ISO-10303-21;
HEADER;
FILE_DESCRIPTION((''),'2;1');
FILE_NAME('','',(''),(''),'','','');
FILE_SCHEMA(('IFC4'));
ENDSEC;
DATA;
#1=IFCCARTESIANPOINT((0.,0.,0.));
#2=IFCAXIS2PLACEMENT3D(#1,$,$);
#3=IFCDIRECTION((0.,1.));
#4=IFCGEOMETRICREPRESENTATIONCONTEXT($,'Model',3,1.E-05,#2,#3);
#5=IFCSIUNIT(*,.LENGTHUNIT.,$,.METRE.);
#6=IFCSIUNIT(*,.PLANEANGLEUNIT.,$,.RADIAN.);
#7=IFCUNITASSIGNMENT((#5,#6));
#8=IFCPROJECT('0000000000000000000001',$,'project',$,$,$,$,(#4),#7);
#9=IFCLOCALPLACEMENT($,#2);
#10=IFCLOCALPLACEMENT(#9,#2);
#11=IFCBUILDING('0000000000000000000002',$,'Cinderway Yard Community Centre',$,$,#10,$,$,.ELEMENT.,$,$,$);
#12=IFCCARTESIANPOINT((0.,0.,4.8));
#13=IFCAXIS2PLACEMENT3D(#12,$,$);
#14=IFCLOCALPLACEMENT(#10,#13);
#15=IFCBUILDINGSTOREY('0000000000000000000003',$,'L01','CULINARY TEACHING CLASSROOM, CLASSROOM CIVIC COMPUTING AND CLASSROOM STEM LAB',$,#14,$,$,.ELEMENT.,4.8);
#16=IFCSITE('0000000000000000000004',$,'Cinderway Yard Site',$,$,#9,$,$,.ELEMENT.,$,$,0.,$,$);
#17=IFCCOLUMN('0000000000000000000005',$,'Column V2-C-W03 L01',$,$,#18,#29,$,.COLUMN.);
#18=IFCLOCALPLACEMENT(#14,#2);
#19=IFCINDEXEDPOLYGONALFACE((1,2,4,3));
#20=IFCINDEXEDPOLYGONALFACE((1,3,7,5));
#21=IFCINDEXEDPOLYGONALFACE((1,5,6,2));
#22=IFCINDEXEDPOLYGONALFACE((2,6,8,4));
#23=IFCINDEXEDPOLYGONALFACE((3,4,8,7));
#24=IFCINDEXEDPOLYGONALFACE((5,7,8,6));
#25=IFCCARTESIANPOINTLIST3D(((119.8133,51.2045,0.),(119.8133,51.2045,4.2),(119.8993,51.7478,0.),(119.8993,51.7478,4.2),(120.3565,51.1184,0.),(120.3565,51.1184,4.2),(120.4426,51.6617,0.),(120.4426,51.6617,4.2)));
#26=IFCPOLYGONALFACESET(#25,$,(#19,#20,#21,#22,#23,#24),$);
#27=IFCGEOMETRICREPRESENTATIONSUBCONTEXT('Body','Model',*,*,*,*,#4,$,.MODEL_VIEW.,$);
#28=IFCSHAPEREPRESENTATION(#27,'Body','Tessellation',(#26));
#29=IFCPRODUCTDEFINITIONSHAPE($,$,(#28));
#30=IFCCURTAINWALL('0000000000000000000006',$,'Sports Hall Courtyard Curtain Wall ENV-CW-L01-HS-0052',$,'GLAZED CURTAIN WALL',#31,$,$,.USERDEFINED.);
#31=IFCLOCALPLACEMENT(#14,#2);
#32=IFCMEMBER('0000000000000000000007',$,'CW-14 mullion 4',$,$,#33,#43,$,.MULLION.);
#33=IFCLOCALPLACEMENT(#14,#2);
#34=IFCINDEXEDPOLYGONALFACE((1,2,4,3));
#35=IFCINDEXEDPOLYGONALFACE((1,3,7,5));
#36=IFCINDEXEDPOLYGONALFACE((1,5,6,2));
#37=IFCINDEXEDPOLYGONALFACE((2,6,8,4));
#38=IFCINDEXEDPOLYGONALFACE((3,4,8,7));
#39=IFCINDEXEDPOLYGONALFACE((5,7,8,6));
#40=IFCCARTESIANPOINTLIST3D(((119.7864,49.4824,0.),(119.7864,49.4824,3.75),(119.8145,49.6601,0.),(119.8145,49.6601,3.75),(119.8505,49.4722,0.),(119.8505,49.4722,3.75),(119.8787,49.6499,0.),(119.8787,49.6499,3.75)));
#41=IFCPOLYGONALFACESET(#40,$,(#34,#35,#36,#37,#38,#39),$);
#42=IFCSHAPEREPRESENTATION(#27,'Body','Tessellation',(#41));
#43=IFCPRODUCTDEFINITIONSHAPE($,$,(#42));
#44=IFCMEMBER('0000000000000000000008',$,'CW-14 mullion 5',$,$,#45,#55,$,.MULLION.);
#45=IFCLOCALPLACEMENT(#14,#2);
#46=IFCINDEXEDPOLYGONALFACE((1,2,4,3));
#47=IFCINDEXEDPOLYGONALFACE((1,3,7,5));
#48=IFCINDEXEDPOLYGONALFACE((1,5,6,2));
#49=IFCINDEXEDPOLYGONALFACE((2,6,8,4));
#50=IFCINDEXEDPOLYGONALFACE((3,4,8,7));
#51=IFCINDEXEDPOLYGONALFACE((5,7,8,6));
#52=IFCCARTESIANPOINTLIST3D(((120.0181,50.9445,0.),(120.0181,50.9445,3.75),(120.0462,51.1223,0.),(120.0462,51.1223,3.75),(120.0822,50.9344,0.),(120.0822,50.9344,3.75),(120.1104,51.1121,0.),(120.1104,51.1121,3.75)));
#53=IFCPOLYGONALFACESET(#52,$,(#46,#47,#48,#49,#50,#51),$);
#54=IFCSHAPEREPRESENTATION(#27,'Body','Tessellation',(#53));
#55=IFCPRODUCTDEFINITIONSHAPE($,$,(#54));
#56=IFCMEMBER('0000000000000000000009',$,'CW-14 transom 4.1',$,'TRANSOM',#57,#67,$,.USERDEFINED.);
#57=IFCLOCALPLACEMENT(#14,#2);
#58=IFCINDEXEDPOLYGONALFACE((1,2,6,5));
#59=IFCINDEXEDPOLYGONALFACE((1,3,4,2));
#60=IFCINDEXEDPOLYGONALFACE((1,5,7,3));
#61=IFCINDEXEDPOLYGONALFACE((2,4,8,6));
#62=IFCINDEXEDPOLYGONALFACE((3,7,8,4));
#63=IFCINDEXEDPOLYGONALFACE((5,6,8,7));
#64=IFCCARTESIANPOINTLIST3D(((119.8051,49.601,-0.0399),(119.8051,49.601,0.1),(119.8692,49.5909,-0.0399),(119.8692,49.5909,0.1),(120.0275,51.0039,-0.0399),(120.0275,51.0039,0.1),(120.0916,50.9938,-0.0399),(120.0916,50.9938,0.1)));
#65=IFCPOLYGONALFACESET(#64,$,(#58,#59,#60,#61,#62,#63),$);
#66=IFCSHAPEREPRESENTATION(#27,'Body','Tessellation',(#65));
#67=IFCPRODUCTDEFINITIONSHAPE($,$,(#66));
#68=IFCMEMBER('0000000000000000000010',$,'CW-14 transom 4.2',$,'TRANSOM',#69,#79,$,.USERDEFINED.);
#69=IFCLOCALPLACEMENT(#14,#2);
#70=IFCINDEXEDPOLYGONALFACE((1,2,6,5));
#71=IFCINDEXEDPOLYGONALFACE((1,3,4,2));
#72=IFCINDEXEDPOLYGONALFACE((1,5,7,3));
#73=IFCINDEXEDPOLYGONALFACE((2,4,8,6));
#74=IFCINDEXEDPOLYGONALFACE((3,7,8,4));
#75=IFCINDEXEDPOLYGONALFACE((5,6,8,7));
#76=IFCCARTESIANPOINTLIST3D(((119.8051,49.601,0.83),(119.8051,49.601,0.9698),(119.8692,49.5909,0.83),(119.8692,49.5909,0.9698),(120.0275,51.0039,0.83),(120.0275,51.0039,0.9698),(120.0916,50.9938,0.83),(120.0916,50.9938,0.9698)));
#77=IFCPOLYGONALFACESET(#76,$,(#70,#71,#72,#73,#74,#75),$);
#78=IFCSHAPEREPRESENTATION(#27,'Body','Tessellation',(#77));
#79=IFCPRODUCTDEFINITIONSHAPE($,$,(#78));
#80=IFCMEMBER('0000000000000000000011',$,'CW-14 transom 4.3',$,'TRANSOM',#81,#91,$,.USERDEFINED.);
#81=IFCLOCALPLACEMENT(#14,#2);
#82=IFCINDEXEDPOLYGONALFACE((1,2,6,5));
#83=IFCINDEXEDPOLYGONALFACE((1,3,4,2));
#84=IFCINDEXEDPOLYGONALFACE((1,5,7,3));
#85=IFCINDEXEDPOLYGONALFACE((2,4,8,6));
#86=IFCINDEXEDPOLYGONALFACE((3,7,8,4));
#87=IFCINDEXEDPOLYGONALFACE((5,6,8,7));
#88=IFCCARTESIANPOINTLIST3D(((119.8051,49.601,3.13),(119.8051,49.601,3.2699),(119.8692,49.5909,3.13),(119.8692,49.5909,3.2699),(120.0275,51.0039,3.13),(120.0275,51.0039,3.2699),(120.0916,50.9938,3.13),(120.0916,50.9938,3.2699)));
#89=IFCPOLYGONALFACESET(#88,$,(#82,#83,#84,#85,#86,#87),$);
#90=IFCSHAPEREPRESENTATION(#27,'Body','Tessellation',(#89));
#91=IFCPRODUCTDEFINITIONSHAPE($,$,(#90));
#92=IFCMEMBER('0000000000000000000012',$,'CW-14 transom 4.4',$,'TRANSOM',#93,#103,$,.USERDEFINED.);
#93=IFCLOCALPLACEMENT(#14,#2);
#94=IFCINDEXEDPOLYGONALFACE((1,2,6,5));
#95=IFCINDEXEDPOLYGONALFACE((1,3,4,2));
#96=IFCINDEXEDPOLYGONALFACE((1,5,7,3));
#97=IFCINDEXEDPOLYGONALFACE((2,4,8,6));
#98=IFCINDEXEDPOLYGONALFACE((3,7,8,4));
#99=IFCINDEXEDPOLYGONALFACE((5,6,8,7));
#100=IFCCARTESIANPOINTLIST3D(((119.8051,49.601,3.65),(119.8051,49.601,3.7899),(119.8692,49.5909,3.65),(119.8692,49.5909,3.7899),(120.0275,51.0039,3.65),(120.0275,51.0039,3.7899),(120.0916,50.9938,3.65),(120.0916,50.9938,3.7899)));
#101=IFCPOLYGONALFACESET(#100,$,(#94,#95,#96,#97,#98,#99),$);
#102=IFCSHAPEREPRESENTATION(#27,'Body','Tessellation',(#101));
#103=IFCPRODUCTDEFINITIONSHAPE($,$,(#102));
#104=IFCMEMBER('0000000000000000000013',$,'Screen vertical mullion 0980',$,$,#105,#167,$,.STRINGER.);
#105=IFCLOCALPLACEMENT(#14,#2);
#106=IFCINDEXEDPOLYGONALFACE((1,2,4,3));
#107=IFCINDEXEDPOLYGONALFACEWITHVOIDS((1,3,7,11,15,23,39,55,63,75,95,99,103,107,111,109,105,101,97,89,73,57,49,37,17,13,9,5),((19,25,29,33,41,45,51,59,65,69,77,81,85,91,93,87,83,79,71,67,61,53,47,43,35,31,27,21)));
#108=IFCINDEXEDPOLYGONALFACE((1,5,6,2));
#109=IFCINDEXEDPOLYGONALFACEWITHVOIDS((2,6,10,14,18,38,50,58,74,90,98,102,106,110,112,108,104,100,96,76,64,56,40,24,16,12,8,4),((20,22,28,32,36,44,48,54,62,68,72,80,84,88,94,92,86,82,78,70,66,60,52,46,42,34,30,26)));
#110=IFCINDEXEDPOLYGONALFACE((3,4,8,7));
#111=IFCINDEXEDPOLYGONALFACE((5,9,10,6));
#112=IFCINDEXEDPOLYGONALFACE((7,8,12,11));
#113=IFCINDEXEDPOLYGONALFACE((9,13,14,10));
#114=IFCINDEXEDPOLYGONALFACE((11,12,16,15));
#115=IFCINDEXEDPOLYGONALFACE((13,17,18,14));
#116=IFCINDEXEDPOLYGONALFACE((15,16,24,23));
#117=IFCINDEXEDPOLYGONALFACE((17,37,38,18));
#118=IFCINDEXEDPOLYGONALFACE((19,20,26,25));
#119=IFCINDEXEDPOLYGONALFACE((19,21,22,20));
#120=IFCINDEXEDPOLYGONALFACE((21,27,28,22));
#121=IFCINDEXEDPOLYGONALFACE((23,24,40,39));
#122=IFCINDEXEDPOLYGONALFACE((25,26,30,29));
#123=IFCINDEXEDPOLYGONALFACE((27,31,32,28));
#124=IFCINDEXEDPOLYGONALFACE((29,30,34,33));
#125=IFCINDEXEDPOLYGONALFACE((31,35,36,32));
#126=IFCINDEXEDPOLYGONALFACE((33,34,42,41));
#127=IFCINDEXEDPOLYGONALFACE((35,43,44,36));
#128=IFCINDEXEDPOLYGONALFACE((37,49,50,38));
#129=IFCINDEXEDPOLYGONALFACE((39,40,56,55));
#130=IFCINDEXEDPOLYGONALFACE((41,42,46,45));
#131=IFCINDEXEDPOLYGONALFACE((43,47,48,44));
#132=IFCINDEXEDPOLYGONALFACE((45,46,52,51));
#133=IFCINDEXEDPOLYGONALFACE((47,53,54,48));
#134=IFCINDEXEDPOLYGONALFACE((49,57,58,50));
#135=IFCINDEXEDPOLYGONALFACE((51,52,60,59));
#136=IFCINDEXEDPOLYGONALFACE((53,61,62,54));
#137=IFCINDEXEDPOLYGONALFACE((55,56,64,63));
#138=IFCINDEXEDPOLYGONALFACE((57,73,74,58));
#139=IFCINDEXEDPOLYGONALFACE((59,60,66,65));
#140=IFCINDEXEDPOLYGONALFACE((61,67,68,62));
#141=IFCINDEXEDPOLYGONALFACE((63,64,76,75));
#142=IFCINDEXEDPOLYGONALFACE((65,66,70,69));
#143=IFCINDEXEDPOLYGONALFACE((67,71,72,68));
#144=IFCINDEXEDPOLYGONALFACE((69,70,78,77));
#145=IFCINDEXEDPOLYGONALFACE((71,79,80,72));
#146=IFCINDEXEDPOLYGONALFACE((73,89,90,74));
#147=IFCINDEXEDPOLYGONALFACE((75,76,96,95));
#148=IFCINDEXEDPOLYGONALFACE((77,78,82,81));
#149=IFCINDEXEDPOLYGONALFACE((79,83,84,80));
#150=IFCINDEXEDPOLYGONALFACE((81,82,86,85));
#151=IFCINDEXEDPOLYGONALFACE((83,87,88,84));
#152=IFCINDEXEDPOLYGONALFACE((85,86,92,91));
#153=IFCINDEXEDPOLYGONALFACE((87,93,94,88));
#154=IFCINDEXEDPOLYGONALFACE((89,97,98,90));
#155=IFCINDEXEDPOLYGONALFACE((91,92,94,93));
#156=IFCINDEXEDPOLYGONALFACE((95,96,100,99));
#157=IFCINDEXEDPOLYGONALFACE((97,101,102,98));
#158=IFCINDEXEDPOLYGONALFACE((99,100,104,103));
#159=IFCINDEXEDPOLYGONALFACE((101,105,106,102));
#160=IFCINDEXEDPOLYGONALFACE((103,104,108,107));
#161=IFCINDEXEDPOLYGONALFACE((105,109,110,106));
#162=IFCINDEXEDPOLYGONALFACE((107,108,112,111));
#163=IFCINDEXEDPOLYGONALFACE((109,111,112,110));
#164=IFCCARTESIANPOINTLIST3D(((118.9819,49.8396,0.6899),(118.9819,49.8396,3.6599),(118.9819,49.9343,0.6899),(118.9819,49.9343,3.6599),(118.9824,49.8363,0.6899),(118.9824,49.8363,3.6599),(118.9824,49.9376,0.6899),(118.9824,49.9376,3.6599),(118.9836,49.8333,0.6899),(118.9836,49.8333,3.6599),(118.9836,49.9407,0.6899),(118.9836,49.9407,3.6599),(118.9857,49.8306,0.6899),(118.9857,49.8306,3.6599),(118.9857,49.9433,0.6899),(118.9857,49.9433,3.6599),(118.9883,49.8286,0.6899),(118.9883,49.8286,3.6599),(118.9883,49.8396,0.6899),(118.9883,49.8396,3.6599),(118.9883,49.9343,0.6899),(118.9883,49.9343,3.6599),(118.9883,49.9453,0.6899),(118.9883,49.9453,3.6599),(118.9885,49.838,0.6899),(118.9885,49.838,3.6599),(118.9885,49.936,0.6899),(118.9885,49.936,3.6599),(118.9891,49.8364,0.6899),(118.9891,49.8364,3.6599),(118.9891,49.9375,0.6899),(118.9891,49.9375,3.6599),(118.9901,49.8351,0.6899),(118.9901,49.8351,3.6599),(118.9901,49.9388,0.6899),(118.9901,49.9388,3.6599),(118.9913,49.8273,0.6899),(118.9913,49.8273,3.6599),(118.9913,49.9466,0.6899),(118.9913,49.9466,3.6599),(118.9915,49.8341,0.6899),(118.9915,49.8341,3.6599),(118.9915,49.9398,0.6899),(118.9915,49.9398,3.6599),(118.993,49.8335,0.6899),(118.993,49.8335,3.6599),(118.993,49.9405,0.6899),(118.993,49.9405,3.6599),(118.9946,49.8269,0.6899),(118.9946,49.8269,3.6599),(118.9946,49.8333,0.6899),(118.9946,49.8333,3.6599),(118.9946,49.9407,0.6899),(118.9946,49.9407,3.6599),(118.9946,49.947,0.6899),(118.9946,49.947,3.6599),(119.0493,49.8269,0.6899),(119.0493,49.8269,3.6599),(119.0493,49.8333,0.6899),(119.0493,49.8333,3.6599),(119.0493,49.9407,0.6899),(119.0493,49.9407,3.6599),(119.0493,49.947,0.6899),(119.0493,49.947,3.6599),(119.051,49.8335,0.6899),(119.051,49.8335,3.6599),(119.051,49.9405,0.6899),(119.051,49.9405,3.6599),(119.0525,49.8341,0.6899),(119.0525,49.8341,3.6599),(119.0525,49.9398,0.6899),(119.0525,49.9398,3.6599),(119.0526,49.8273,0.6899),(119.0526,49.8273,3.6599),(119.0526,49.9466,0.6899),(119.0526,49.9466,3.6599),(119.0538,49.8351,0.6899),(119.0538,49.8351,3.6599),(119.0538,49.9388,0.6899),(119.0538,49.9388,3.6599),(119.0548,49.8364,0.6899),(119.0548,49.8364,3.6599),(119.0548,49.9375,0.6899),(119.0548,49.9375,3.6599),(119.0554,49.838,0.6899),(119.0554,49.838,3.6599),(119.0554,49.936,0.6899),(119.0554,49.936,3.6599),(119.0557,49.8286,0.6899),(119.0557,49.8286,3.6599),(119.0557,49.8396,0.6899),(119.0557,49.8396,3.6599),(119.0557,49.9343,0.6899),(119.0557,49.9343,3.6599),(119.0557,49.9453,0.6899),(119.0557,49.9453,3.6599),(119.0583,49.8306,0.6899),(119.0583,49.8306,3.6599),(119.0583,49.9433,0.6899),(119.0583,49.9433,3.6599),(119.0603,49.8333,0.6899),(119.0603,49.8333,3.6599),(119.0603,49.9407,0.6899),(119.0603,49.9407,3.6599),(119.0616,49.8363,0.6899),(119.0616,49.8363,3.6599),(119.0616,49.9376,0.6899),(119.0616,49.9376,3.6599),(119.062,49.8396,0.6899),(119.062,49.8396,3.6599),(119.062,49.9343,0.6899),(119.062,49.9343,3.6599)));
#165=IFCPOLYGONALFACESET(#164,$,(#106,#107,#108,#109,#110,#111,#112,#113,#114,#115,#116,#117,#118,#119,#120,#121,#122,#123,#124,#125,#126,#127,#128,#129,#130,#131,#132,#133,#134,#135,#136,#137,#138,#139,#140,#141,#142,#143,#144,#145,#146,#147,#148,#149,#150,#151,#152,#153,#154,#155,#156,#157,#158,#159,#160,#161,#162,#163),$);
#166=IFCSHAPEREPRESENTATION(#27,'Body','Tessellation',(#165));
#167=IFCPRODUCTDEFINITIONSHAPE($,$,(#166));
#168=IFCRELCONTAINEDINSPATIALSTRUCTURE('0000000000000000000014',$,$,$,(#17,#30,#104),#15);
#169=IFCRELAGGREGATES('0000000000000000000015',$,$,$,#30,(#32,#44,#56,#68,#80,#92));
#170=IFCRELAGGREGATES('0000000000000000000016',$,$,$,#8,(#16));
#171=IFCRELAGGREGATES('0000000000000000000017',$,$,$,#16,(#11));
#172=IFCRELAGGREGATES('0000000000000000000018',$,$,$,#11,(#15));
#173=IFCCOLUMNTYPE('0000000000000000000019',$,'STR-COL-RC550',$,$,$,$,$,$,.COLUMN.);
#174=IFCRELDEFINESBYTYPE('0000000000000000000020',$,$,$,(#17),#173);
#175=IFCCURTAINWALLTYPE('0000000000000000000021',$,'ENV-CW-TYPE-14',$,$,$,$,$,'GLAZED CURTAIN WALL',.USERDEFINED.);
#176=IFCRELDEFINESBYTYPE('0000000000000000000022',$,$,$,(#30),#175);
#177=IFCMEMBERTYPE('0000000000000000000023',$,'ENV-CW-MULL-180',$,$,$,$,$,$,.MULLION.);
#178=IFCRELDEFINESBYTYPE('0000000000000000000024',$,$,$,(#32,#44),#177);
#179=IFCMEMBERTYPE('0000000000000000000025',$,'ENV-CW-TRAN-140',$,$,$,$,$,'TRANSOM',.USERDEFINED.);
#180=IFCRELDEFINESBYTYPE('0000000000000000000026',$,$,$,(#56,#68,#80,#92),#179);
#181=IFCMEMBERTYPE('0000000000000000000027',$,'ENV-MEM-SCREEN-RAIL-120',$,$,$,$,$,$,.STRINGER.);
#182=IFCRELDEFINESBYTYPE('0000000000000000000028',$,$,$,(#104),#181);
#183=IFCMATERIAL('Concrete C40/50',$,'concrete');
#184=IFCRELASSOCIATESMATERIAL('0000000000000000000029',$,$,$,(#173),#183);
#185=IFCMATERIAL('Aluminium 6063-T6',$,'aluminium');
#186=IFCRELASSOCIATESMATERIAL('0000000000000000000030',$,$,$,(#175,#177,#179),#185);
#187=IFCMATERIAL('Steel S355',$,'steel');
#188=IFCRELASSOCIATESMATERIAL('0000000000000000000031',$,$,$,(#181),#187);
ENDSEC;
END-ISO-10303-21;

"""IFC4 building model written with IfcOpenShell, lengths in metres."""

from ifc_helpers import new_model, si_unit, direction, frame, origin, origin_2d, place, context, subcontext, project, spatial, rectangle, hollow_rectangle, extrude, material, material_profile, profile_set, type_object, element, aggregate, save


model = new_model("IFC4")

# Units and contexts
model_context = context("Model", 3, precision=1e-05, world=origin(), true_north=direction((0.0, 1.0)))
body_context = subcontext(model_context, "Body", "Model", "MODEL_VIEW")
ifc_project = project(units=[si_unit("LENGTHUNIT", "METRE"), si_unit("PLANEANGLEUNIT", "RADIAN")], contexts=[model_context])

# Site, building, storey
site_placement = place(None, origin())
site = spatial("IfcSite", under=ifc_project, at=site_placement, Name="Cinderway Yard Site", CompositionType="ELEMENT", RefElevation=0.0)
building_placement = place(site_placement, origin())
building = spatial("IfcBuilding", under=site, at=building_placement, Name="Cinderway Yard Community Centre", CompositionType="ELEMENT")
storey_placement = place(building_placement, frame((0.0, 0.0, 4.8)))
storey = spatial("IfcBuildingStorey", under=building, at=storey_placement, Name="L01", Description="CULINARY TEACHING CLASSROOM, CLASSROOM CIVIC COMPUTING AND CLASSROOM STEM LAB", CompositionType="ELEMENT", Elevation=4.8)

# Column
ifc_material_1 = material(Name="Concrete C40/50", Category="concrete")
ifc_material_profile_1 = material_profile(ifc_material_1, rectangle(XDim=0.55, YDim=0.55, at=origin_2d()), Name="Concrete C40/50")
ifc_profile_set_1 = profile_set([ifc_material_profile_1], Name="Concrete C40/50")
column_type = type_object("IfcColumnType", Name="STR-COL-RC550", PredefinedType="COLUMN", material=ifc_profile_set_1)
column_placement = place(storey_placement, frame((120.1279, 51.4331, 0.0), z_axis=(0.0, 0.0, 1.0), x_axis=(0.987688, -0.156434, 0.0)))
element("IfcColumn", 1, at=column_placement, inside=storey, type_object=column_type, Name="Column V2-C-W03 L01", PredefinedType="COLUMN", context=body_context, shape_type="SweptSolid", body=[
    extrude(rectangle(XDim=0.55, YDim=0.55, at=origin_2d()), origin(), (0.0, 0.0, 1.0), 4.2),
])

# Curtain wall, members
ifc_material_2 = material(Name="Aluminium 6063-T6", Category="aluminium")
curtain_wall_type = type_object("IfcCurtainWallType", Name="ENV-CW-TYPE-14", ElementType="GLAZED CURTAIN WALL", PredefinedType="USERDEFINED", material=ifc_material_2)
curtain_wall_placement = place(storey_placement, origin())
curtain_wall = element("IfcCurtainWall", 2, at=curtain_wall_placement, inside=storey, type_object=curtain_wall_type, Name="Sports Hall Courtyard Curtain Wall ENV-CW-L01-HS-0052", ObjectType="GLAZED CURTAIN WALL", PredefinedType="USERDEFINED")
ifc_material_profile_2 = material_profile(ifc_material_2, rectangle(XDim=0.0649, YDim=0.1799, at=origin_2d()), Name="Aluminium 6063-T6")
ifc_profile_set_2 = profile_set([ifc_material_profile_2], Name="Aluminium 6063-T6")
member_type_1 = type_object("IfcMemberType", Name="ENV-CW-MULL-180", PredefinedType="MULLION", material=ifc_profile_set_2)
member_1_placement = place(storey_placement, frame((119.8325, 49.5662, 0.0), z_axis=(0.0, 0.0, 1.0), x_axis=(-0.987665, 0.156583, 0.0)))
member_1 = element("IfcMember", 3, at=member_1_placement, type_object=member_type_1, Name="CW-14 mullion 4", PredefinedType="MULLION", context=body_context, shape_type="SweptSolid", body=[
    extrude(rectangle(XDim=0.0649, YDim=0.1799, at=origin_2d()), origin(), (0.0, 0.0, 1.0), 3.75),
])
member_2_placement = place(storey_placement, frame((120.0642, 51.0283, 0.0), z_axis=(0.0, 0.0, 1.0), x_axis=(-0.987665, 0.156583, 0.0)))
member_2 = element("IfcMember", 4, at=member_2_placement, type_object=member_type_1, Name="CW-14 mullion 5", PredefinedType="MULLION", context=body_context, shape_type="SweptSolid", body=[
    extrude(rectangle(XDim=0.0649, YDim=0.1799, at=origin_2d()), origin(), (0.0, 0.0, 1.0), 3.75),
])
ifc_material_profile_3 = material_profile(ifc_material_2, rectangle(XDim=0.0649, YDim=0.1399, at=origin_2d()), Name="Aluminium 6063-T6")
ifc_profile_set_3 = profile_set([ifc_material_profile_3], Name="Aluminium 6063-T6")
member_type_2 = type_object("IfcMemberType", Name="ENV-CW-TRAN-140", ElementType="TRANSOM", PredefinedType="USERDEFINED", material=ifc_profile_set_3)
member_3_placement = place(storey_placement, frame((119.8372, 49.5959, 0.03), z_axis=(0.156589, 0.987664, 0.0), x_axis=(-0.987664, 0.156589, 0.0)))
member_3 = element("IfcMember", 5, at=member_3_placement, type_object=member_type_2, Name="CW-14 transom 4.1", ObjectType="TRANSOM", PredefinedType="USERDEFINED", context=body_context, shape_type="SweptSolid", body=[
    extrude(rectangle(XDim=0.0649, YDim=0.1399, at=origin_2d()), origin(), (0.0, 0.0, 1.0), 1.4204),
])
member_4_placement = place(storey_placement, frame((119.8372, 49.5959, 0.8999), z_axis=(0.156589, 0.987664, 0.0), x_axis=(-0.987664, 0.156589, 0.0)))
member_4 = element("IfcMember", 6, at=member_4_placement, type_object=member_type_2, Name="CW-14 transom 4.2", ObjectType="TRANSOM", PredefinedType="USERDEFINED", context=body_context, shape_type="SweptSolid", body=[
    extrude(rectangle(XDim=0.0649, YDim=0.1399, at=origin_2d()), origin(), (0.0, 0.0, 1.0), 1.4204),
])
member_5_placement = place(storey_placement, frame((119.8372, 49.5959, 3.2), z_axis=(0.156589, 0.987664, 0.0), x_axis=(-0.987664, 0.156589, 0.0)))
member_5 = element("IfcMember", 7, at=member_5_placement, type_object=member_type_2, Name="CW-14 transom 4.3", ObjectType="TRANSOM", PredefinedType="USERDEFINED", context=body_context, shape_type="SweptSolid", body=[
    extrude(rectangle(XDim=0.0649, YDim=0.1399, at=origin_2d()), origin(), (0.0, 0.0, 1.0), 1.4204),
])
member_6_placement = place(storey_placement, frame((119.8372, 49.5959, 3.72), z_axis=(0.156589, 0.987664, 0.0), x_axis=(-0.987664, 0.156589, 0.0)))
member_6 = element("IfcMember", 8, at=member_6_placement, type_object=member_type_2, Name="CW-14 transom 4.4", ObjectType="TRANSOM", PredefinedType="USERDEFINED", context=body_context, shape_type="SweptSolid", body=[
    extrude(rectangle(XDim=0.0649, YDim=0.1399, at=origin_2d()), origin(), (0.0, 0.0, 1.0), 1.4204),
])

# Member
ifc_material_3 = material(Name="Steel S355", Category="steel")
ifc_material_profile_4 = material_profile(ifc_material_3, hollow_rectangle(XDim=0.0801, YDim=0.1201, WallThickness=0.0063, InnerFilletRadius=0.0063, OuterFilletRadius=0.0127, at=origin_2d()), Name="Steel S355")
ifc_profile_set_4 = profile_set([ifc_material_profile_4], Name="Steel S355")
member_type_3 = type_object("IfcMemberType", Name="ENV-MEM-SCREEN-RAIL-120", PredefinedType="STRINGER", material=ifc_profile_set_4)
for number, where, z_axis, x_axis, name in (
    (9, (119.022, 49.887, 0.6899), (0.0, 0.0, 1.0), (1.0, 0.0, 0.0), "Screen vertical mullion 0980"),
):
    element("IfcMember", number, at=place(storey_placement, frame(where, z_axis=z_axis, x_axis=x_axis)), inside=storey, type_object=member_type_3, Name=name, PredefinedType="STRINGER", context=body_context, shape_type="SweptSolid", body=[
        extrude(hollow_rectangle(XDim=0.0801, YDim=0.1201, WallThickness=0.0063, InnerFilletRadius=0.0063, OuterFilletRadius=0.0127, at=origin_2d()), origin(), (0.0, 0.0, 1.0), 2.97),
    ])

aggregate(curtain_wall, [member_1, member_2, member_3, member_4, member_5, member_6])

save(model, "model.ifc")
